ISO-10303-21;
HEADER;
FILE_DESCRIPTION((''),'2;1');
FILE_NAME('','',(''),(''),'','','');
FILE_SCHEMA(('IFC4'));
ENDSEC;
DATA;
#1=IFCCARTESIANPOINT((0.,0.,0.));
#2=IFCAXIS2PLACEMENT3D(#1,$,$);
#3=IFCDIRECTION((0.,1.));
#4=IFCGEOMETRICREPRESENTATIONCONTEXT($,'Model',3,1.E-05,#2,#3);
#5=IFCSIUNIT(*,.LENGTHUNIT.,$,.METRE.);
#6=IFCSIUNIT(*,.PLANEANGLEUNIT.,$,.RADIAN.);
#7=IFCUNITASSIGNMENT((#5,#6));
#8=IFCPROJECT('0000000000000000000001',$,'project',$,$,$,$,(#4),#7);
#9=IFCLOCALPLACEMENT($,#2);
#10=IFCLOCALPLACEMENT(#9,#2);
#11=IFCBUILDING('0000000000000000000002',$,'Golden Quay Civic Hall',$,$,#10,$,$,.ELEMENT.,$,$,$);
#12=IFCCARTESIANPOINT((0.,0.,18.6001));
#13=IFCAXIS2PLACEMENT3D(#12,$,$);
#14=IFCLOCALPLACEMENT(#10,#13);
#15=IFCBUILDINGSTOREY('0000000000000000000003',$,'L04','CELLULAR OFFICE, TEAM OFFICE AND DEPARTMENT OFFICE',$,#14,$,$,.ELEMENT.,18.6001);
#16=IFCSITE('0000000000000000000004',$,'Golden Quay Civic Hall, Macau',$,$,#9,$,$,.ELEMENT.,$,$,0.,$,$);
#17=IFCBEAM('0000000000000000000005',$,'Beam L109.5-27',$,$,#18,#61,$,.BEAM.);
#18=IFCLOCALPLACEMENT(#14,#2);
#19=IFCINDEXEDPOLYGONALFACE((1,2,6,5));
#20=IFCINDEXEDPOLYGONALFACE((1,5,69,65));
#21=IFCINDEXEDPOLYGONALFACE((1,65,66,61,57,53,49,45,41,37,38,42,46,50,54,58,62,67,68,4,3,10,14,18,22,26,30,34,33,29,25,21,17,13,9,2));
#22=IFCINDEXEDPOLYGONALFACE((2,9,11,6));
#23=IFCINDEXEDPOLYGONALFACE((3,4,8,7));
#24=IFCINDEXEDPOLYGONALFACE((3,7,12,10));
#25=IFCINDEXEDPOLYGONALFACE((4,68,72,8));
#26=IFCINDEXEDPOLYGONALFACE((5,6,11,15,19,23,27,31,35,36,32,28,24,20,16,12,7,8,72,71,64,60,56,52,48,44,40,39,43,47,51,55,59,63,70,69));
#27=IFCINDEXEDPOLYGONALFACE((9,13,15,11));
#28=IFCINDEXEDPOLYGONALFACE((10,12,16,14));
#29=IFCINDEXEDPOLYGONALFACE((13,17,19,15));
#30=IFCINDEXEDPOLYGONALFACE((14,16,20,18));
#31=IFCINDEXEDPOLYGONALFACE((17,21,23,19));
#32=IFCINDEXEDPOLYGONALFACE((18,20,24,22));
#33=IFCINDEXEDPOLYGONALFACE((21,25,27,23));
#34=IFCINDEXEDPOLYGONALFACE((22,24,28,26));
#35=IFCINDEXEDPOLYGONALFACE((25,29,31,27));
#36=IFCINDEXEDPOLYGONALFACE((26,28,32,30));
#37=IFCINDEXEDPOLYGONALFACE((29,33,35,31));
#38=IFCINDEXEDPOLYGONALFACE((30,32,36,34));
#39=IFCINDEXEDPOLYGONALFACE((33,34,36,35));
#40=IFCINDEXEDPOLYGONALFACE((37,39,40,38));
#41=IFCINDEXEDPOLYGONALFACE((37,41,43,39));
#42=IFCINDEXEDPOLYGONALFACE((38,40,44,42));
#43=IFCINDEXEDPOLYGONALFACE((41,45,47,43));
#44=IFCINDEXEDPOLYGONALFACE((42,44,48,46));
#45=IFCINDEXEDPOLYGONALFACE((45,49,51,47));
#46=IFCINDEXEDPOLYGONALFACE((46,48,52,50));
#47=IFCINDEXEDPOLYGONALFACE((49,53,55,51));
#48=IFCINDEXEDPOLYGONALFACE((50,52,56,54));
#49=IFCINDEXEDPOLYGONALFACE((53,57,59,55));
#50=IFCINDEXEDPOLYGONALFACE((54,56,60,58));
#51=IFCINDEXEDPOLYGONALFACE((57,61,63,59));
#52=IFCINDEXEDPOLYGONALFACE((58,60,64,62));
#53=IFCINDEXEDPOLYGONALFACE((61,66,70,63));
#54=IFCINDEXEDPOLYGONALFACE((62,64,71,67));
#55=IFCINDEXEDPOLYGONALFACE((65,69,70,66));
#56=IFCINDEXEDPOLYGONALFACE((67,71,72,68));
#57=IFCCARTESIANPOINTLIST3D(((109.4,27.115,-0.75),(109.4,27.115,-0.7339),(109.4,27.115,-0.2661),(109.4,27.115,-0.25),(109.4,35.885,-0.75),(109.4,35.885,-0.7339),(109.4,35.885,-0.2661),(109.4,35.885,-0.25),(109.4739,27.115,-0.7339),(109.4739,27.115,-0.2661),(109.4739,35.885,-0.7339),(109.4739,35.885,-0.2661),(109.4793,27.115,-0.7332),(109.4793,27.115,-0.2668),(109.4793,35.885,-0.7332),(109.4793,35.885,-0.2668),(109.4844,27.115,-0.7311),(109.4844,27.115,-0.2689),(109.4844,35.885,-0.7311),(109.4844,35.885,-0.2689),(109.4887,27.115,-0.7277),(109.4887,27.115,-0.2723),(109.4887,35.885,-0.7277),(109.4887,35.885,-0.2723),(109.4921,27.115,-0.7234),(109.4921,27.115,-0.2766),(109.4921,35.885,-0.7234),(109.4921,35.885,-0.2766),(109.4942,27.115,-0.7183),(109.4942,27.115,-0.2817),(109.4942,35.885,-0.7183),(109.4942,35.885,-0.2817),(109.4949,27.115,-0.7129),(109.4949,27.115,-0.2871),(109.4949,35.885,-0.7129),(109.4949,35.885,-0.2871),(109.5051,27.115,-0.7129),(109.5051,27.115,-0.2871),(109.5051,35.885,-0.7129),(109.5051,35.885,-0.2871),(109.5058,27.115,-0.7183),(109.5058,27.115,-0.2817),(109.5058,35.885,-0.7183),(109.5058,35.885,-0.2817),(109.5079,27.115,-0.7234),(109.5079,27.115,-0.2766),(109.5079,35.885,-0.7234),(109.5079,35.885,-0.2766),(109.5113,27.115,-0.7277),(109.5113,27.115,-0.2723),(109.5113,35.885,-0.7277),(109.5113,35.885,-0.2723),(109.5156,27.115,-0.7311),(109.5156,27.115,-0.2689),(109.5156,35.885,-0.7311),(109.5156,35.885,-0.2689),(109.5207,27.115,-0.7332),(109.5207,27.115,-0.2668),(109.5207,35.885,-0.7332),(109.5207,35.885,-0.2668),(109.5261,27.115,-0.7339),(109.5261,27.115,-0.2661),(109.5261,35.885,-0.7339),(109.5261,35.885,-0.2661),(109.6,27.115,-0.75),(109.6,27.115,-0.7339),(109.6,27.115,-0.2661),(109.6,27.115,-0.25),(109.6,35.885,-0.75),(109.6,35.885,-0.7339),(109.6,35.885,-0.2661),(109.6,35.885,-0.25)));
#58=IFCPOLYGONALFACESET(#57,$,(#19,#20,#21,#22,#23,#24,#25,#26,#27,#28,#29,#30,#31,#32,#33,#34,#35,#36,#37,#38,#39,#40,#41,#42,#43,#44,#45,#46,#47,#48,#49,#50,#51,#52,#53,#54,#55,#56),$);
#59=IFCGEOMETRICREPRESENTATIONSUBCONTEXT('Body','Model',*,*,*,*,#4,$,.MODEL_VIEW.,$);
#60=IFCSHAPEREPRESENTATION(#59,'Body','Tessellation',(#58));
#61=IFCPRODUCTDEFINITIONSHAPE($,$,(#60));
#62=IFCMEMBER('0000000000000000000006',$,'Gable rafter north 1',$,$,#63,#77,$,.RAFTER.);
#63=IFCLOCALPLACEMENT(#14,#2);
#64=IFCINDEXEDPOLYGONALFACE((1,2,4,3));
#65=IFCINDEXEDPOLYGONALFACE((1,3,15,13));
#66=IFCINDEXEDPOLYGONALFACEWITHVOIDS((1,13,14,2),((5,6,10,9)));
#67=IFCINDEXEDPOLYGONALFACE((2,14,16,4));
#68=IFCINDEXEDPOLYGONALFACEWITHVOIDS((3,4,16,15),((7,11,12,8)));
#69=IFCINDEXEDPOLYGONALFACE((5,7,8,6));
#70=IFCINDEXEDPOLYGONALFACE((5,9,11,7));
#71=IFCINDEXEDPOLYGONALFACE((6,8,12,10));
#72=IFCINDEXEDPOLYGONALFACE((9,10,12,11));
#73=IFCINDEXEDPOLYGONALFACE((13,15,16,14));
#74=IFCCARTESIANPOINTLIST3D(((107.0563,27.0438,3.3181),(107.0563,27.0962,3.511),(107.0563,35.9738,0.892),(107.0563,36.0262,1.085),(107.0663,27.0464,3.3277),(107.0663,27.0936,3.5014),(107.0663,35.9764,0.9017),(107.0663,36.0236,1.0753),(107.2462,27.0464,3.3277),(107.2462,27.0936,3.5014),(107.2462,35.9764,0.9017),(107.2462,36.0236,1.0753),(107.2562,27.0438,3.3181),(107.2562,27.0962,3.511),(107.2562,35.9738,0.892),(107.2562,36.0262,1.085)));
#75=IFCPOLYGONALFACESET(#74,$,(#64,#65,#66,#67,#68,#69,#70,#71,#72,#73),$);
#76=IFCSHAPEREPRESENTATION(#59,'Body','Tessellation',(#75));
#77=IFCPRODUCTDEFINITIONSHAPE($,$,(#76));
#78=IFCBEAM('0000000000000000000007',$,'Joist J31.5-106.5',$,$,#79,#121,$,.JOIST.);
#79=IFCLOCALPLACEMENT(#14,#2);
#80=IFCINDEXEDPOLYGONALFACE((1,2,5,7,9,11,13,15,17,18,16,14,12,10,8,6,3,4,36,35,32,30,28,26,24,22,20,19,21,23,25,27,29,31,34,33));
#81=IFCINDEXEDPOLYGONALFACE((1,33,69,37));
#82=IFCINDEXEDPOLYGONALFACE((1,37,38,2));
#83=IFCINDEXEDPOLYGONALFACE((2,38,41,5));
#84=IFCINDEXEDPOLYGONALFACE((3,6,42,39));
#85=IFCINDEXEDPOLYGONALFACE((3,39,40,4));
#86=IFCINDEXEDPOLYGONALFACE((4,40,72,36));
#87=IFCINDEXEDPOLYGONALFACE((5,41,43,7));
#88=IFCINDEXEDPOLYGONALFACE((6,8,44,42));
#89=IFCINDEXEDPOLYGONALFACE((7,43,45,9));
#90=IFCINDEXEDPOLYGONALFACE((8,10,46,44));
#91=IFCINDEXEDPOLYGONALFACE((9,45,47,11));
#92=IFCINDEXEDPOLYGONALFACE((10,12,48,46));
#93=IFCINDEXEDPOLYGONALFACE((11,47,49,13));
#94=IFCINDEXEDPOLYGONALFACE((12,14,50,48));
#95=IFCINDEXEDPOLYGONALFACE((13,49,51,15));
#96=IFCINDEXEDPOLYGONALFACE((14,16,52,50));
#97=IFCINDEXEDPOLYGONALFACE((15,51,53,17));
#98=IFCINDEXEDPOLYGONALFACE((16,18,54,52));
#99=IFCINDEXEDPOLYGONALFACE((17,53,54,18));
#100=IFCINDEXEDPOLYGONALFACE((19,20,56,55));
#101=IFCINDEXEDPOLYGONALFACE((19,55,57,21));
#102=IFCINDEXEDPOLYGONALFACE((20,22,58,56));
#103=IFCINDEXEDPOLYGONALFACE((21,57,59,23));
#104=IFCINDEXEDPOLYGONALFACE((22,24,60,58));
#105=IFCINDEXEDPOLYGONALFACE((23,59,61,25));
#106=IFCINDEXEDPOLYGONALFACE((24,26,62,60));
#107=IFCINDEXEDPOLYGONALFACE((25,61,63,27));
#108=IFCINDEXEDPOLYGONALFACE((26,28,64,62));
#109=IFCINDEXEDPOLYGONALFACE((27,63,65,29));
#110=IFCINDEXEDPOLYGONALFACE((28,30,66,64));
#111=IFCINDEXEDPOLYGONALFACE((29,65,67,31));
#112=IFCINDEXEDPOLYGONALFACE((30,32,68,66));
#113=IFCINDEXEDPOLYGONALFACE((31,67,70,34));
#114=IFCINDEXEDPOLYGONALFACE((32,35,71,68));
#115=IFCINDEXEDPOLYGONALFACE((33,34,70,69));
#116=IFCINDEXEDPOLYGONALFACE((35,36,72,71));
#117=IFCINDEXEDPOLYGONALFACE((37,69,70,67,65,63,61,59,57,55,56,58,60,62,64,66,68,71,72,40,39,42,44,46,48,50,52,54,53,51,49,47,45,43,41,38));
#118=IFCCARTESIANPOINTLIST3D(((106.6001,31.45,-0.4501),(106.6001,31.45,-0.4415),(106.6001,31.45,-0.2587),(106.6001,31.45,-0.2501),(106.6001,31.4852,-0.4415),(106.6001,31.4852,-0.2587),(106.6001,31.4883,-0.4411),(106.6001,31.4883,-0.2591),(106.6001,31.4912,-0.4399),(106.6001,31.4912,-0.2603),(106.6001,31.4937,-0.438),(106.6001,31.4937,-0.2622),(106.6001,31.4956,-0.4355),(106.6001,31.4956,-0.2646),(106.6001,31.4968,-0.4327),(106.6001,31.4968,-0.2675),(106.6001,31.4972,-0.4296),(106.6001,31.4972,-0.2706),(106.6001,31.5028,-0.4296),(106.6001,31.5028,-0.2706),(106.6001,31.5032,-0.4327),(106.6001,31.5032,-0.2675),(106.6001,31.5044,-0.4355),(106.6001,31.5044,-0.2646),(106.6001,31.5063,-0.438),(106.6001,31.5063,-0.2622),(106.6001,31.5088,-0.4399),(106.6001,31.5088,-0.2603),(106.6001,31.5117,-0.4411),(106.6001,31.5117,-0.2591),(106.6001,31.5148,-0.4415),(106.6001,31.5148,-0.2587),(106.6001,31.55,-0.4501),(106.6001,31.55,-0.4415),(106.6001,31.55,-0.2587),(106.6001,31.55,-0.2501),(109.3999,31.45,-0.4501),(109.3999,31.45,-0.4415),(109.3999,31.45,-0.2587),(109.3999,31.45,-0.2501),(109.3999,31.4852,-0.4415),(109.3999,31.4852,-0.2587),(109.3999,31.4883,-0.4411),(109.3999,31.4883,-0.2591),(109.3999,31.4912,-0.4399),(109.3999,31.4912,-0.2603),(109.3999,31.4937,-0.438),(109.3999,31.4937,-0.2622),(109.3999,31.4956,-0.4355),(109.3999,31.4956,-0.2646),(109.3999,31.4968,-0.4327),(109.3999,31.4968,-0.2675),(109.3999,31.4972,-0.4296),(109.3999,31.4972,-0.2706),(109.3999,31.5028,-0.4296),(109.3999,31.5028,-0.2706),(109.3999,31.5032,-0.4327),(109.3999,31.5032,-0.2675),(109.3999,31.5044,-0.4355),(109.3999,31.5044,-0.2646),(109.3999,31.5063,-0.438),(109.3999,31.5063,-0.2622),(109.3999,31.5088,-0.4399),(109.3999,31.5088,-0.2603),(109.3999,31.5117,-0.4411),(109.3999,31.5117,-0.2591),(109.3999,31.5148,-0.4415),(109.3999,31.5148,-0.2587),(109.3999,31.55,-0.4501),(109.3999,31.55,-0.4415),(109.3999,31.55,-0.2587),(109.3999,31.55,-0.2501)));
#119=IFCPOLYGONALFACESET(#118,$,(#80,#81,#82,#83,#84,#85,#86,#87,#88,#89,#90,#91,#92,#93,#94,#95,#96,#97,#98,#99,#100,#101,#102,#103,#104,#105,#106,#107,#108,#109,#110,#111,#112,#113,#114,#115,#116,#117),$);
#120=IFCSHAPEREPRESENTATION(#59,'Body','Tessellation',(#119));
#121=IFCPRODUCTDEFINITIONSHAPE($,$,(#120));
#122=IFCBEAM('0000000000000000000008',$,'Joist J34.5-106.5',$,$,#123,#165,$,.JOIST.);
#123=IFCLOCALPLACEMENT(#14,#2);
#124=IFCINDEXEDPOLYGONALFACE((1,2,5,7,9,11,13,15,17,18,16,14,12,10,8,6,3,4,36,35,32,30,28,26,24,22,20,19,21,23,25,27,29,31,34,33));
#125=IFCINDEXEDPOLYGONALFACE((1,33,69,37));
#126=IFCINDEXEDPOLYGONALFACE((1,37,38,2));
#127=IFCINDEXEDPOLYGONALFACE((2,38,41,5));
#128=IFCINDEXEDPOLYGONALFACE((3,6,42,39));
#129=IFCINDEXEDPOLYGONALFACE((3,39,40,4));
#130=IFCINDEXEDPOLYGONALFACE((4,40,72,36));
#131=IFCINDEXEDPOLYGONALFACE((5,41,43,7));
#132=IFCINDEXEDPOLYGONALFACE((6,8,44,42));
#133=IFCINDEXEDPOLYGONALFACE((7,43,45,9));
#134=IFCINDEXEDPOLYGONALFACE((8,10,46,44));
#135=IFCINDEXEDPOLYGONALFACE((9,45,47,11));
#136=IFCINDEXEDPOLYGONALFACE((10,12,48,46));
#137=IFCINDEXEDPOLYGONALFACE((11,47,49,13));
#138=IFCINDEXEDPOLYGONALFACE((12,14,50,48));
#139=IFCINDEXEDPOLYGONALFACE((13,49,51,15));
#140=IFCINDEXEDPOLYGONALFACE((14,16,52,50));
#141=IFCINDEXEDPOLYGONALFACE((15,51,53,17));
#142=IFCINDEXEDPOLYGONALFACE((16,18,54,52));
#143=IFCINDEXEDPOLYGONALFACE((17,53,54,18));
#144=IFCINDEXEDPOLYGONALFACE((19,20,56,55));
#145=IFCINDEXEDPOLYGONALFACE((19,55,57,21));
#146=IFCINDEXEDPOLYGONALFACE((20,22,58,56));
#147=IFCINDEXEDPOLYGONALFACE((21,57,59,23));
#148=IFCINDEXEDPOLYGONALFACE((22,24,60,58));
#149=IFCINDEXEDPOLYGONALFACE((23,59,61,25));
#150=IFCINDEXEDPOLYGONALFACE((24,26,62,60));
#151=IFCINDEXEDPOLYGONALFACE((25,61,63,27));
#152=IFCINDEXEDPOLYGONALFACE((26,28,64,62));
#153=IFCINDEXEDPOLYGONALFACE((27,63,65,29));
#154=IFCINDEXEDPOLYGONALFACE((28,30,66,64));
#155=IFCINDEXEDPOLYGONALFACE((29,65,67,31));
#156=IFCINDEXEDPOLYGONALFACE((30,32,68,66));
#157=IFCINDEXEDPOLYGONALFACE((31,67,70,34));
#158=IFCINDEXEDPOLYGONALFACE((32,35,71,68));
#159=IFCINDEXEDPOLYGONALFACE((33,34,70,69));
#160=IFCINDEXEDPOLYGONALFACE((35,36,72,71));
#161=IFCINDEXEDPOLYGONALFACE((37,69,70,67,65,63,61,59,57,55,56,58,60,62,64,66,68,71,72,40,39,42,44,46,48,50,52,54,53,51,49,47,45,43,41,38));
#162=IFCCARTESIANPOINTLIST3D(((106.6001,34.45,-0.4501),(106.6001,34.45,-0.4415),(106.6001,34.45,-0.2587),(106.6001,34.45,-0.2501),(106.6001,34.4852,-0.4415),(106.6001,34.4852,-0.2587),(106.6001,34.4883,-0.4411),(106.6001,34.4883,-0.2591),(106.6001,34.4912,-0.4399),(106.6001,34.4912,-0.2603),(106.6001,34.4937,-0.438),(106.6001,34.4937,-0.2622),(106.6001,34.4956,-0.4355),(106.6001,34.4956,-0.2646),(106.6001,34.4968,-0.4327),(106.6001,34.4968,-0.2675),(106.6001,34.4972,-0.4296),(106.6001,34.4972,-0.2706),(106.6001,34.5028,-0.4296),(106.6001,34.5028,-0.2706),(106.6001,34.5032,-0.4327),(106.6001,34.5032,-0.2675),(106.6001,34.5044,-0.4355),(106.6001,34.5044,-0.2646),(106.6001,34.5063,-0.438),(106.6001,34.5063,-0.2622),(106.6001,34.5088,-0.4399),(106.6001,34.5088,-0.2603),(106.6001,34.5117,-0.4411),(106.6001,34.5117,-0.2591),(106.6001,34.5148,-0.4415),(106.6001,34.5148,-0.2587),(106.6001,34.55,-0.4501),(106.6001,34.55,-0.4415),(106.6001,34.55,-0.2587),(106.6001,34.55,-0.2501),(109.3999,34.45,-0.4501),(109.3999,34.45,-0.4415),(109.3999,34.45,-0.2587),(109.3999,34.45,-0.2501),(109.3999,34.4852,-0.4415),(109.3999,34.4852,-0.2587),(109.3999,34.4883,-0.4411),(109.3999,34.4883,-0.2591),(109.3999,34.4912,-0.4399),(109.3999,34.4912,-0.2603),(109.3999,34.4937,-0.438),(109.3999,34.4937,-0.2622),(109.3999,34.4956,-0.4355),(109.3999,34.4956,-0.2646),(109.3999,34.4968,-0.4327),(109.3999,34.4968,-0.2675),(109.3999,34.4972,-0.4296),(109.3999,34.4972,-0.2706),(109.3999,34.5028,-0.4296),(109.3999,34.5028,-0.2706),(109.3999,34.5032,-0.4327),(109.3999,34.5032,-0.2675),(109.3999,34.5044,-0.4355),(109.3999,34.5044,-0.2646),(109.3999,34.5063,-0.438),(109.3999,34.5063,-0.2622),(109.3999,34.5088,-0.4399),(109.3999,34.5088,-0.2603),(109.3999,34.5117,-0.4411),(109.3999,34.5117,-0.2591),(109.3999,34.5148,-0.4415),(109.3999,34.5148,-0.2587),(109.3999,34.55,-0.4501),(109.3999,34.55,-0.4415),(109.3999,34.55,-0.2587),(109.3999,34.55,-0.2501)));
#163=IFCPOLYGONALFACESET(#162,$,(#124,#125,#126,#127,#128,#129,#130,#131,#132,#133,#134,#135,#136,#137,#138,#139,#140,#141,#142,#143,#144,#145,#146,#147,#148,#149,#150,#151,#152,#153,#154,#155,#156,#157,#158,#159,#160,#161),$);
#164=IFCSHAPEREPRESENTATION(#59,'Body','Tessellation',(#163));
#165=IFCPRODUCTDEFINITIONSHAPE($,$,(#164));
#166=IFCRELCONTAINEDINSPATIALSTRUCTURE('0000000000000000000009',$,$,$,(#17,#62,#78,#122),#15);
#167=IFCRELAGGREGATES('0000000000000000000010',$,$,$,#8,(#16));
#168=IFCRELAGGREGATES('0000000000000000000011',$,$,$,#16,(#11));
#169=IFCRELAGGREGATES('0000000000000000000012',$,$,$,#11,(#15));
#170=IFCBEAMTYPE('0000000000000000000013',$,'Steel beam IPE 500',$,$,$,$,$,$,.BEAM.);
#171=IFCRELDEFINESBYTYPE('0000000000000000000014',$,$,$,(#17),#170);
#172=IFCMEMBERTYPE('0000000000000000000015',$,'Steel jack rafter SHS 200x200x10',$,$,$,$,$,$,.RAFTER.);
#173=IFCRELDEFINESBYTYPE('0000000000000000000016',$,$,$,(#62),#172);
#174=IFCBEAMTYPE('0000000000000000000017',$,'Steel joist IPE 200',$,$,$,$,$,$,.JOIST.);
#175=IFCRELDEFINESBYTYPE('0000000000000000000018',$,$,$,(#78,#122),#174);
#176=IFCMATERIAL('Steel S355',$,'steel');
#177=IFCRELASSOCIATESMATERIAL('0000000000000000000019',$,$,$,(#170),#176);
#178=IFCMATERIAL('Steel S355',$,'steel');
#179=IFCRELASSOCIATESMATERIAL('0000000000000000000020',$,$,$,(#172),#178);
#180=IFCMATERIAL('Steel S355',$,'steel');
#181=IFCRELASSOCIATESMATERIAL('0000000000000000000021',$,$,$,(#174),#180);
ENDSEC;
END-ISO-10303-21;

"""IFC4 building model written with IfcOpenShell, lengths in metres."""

from ifc_helpers import new_model, si_unit, direction, frame, origin, origin_2d, place, context, subcontext, project, spatial, hollow_rectangle, i_section, extrude, material, material_profile, profile_set, type_object, element, save


model = new_model("IFC4")

# Units and contexts
model_context = context("Model", 3, precision=1e-05, world=origin(), true_north=direction((0.0, 1.0)))
body_context = subcontext(model_context, "Body", "Model", "MODEL_VIEW")
ifc_project = project(units=[si_unit("LENGTHUNIT", "METRE"), si_unit("PLANEANGLEUNIT", "RADIAN")], contexts=[model_context])

# Site, building, storey
site_placement = place(None, origin())
site = spatial("IfcSite", under=ifc_project, at=site_placement, Name="Golden Quay Civic Hall, Macau", CompositionType="ELEMENT", RefElevation=0.0)
building_placement = place(site_placement, origin())
building = spatial("IfcBuilding", under=site, at=building_placement, Name="Golden Quay Civic Hall", CompositionType="ELEMENT")
storey_placement = place(building_placement, frame((0.0, 0.0, 18.6001)))
storey = spatial("IfcBuildingStorey", under=building, at=storey_placement, Name="L04", Description="CELLULAR OFFICE, TEAM OFFICE AND DEPARTMENT OFFICE", CompositionType="ELEMENT", Elevation=18.6001)

# Beam
ifc_material_1 = material(Name="Steel S355", Category="steel")
ifc_material_profile_1 = material_profile(ifc_material_1, i_section(OverallWidth=0.2, OverallDepth=0.5, WebThickness=0.0103, FlangeThickness=0.0161, FilletRadius=0.021, at=origin_2d()), Name="IPE 500")
ifc_profile_set_1 = profile_set([ifc_material_profile_1], Name="Steel S355")
beam_type_1 = type_object("IfcBeamType", Name="Steel beam IPE 500", PredefinedType="BEAM", material=ifc_profile_set_1)
beam_1_placement = place(storey_placement, frame((109.5, 27.115, -0.5), z_axis=(0.0, 1.0, 0.0), x_axis=(-1.0, 0.0, 0.0)))
element("IfcBeam", 1, at=beam_1_placement, inside=storey, type_object=beam_type_1, Name="Beam L109.5-27", PredefinedType="BEAM", context=body_context, shape_type="SweptSolid", body=[
    extrude(i_section(OverallWidth=0.2, OverallDepth=0.5, WebThickness=0.0103, FlangeThickness=0.0161, FilletRadius=0.021, at=origin_2d()), origin(), (0.0, 0.0, 1.0), 8.77),
])

# Member
ifc_material_2 = material(Name="Steel S355", Category="steel")
ifc_material_profile_2 = material_profile(ifc_material_2, hollow_rectangle(XDim=0.2, YDim=0.2, WallThickness=0.01, at=origin_2d()), Name="SHS 200x200x10")
ifc_profile_set_2 = profile_set([ifc_material_profile_2], Name="Steel S355")
member_type = type_object("IfcMemberType", Name="Steel jack rafter SHS 200x200x10", PredefinedType="RAFTER", material=ifc_profile_set_2)
member_placement = place(storey_placement, frame((107.1562, 36.0, 0.9885), z_axis=(0.0, -0.965022, 0.262171), x_axis=(1.0, 0.0, 0.0)))
element("IfcMember", 2, at=member_placement, inside=storey, type_object=member_type, Name="Gable rafter north 1", PredefinedType="RAFTER", context=body_context, shape_type="SweptSolid", body=[
    extrude(hollow_rectangle(XDim=0.2, YDim=0.2, WallThickness=0.01, at=origin_2d()), origin(), (0.0, 0.0, 1.0), 9.2537),
])

# Beams
ifc_material_3 = material(Name="Steel S355", Category="steel")
ifc_material_profile_3 = material_profile(ifc_material_3, i_section(OverallWidth=0.1001, OverallDepth=0.2, WebThickness=0.0056, FlangeThickness=0.0085, FilletRadius=0.012, at=origin_2d()), Name="IPE 200")
ifc_profile_set_3 = profile_set([ifc_material_profile_3], Name="Steel S355")
beam_type_2 = type_object("IfcBeamType", Name="Steel joist IPE 200", PredefinedType="JOIST", material=ifc_profile_set_3)
for number, where, z_axis, x_axis, name in (
    (3, (106.6001, 31.5, -0.3501), (1.0, 0.0, 0.0), (0.0, 1.0, 0.0), "Joist J31.5-106.5"),
    (4, (106.6001, 34.5, -0.3501), (1.0, 0.0, 0.0), (0.0, 1.0, 0.0), "Joist J34.5-106.5"),
):
    element("IfcBeam", number, at=place(storey_placement, frame(where, z_axis=z_axis, x_axis=x_axis)), inside=storey, type_object=beam_type_2, Name=name, PredefinedType="JOIST", context=body_context, shape_type="SweptSolid", body=[
        extrude(i_section(OverallWidth=0.1001, OverallDepth=0.2, WebThickness=0.0056, FlangeThickness=0.0085, FilletRadius=0.012, at=origin_2d()), origin(), (0.0, 0.0, 1.0), 2.7998),
    ])

save(model, "model.ifc")
